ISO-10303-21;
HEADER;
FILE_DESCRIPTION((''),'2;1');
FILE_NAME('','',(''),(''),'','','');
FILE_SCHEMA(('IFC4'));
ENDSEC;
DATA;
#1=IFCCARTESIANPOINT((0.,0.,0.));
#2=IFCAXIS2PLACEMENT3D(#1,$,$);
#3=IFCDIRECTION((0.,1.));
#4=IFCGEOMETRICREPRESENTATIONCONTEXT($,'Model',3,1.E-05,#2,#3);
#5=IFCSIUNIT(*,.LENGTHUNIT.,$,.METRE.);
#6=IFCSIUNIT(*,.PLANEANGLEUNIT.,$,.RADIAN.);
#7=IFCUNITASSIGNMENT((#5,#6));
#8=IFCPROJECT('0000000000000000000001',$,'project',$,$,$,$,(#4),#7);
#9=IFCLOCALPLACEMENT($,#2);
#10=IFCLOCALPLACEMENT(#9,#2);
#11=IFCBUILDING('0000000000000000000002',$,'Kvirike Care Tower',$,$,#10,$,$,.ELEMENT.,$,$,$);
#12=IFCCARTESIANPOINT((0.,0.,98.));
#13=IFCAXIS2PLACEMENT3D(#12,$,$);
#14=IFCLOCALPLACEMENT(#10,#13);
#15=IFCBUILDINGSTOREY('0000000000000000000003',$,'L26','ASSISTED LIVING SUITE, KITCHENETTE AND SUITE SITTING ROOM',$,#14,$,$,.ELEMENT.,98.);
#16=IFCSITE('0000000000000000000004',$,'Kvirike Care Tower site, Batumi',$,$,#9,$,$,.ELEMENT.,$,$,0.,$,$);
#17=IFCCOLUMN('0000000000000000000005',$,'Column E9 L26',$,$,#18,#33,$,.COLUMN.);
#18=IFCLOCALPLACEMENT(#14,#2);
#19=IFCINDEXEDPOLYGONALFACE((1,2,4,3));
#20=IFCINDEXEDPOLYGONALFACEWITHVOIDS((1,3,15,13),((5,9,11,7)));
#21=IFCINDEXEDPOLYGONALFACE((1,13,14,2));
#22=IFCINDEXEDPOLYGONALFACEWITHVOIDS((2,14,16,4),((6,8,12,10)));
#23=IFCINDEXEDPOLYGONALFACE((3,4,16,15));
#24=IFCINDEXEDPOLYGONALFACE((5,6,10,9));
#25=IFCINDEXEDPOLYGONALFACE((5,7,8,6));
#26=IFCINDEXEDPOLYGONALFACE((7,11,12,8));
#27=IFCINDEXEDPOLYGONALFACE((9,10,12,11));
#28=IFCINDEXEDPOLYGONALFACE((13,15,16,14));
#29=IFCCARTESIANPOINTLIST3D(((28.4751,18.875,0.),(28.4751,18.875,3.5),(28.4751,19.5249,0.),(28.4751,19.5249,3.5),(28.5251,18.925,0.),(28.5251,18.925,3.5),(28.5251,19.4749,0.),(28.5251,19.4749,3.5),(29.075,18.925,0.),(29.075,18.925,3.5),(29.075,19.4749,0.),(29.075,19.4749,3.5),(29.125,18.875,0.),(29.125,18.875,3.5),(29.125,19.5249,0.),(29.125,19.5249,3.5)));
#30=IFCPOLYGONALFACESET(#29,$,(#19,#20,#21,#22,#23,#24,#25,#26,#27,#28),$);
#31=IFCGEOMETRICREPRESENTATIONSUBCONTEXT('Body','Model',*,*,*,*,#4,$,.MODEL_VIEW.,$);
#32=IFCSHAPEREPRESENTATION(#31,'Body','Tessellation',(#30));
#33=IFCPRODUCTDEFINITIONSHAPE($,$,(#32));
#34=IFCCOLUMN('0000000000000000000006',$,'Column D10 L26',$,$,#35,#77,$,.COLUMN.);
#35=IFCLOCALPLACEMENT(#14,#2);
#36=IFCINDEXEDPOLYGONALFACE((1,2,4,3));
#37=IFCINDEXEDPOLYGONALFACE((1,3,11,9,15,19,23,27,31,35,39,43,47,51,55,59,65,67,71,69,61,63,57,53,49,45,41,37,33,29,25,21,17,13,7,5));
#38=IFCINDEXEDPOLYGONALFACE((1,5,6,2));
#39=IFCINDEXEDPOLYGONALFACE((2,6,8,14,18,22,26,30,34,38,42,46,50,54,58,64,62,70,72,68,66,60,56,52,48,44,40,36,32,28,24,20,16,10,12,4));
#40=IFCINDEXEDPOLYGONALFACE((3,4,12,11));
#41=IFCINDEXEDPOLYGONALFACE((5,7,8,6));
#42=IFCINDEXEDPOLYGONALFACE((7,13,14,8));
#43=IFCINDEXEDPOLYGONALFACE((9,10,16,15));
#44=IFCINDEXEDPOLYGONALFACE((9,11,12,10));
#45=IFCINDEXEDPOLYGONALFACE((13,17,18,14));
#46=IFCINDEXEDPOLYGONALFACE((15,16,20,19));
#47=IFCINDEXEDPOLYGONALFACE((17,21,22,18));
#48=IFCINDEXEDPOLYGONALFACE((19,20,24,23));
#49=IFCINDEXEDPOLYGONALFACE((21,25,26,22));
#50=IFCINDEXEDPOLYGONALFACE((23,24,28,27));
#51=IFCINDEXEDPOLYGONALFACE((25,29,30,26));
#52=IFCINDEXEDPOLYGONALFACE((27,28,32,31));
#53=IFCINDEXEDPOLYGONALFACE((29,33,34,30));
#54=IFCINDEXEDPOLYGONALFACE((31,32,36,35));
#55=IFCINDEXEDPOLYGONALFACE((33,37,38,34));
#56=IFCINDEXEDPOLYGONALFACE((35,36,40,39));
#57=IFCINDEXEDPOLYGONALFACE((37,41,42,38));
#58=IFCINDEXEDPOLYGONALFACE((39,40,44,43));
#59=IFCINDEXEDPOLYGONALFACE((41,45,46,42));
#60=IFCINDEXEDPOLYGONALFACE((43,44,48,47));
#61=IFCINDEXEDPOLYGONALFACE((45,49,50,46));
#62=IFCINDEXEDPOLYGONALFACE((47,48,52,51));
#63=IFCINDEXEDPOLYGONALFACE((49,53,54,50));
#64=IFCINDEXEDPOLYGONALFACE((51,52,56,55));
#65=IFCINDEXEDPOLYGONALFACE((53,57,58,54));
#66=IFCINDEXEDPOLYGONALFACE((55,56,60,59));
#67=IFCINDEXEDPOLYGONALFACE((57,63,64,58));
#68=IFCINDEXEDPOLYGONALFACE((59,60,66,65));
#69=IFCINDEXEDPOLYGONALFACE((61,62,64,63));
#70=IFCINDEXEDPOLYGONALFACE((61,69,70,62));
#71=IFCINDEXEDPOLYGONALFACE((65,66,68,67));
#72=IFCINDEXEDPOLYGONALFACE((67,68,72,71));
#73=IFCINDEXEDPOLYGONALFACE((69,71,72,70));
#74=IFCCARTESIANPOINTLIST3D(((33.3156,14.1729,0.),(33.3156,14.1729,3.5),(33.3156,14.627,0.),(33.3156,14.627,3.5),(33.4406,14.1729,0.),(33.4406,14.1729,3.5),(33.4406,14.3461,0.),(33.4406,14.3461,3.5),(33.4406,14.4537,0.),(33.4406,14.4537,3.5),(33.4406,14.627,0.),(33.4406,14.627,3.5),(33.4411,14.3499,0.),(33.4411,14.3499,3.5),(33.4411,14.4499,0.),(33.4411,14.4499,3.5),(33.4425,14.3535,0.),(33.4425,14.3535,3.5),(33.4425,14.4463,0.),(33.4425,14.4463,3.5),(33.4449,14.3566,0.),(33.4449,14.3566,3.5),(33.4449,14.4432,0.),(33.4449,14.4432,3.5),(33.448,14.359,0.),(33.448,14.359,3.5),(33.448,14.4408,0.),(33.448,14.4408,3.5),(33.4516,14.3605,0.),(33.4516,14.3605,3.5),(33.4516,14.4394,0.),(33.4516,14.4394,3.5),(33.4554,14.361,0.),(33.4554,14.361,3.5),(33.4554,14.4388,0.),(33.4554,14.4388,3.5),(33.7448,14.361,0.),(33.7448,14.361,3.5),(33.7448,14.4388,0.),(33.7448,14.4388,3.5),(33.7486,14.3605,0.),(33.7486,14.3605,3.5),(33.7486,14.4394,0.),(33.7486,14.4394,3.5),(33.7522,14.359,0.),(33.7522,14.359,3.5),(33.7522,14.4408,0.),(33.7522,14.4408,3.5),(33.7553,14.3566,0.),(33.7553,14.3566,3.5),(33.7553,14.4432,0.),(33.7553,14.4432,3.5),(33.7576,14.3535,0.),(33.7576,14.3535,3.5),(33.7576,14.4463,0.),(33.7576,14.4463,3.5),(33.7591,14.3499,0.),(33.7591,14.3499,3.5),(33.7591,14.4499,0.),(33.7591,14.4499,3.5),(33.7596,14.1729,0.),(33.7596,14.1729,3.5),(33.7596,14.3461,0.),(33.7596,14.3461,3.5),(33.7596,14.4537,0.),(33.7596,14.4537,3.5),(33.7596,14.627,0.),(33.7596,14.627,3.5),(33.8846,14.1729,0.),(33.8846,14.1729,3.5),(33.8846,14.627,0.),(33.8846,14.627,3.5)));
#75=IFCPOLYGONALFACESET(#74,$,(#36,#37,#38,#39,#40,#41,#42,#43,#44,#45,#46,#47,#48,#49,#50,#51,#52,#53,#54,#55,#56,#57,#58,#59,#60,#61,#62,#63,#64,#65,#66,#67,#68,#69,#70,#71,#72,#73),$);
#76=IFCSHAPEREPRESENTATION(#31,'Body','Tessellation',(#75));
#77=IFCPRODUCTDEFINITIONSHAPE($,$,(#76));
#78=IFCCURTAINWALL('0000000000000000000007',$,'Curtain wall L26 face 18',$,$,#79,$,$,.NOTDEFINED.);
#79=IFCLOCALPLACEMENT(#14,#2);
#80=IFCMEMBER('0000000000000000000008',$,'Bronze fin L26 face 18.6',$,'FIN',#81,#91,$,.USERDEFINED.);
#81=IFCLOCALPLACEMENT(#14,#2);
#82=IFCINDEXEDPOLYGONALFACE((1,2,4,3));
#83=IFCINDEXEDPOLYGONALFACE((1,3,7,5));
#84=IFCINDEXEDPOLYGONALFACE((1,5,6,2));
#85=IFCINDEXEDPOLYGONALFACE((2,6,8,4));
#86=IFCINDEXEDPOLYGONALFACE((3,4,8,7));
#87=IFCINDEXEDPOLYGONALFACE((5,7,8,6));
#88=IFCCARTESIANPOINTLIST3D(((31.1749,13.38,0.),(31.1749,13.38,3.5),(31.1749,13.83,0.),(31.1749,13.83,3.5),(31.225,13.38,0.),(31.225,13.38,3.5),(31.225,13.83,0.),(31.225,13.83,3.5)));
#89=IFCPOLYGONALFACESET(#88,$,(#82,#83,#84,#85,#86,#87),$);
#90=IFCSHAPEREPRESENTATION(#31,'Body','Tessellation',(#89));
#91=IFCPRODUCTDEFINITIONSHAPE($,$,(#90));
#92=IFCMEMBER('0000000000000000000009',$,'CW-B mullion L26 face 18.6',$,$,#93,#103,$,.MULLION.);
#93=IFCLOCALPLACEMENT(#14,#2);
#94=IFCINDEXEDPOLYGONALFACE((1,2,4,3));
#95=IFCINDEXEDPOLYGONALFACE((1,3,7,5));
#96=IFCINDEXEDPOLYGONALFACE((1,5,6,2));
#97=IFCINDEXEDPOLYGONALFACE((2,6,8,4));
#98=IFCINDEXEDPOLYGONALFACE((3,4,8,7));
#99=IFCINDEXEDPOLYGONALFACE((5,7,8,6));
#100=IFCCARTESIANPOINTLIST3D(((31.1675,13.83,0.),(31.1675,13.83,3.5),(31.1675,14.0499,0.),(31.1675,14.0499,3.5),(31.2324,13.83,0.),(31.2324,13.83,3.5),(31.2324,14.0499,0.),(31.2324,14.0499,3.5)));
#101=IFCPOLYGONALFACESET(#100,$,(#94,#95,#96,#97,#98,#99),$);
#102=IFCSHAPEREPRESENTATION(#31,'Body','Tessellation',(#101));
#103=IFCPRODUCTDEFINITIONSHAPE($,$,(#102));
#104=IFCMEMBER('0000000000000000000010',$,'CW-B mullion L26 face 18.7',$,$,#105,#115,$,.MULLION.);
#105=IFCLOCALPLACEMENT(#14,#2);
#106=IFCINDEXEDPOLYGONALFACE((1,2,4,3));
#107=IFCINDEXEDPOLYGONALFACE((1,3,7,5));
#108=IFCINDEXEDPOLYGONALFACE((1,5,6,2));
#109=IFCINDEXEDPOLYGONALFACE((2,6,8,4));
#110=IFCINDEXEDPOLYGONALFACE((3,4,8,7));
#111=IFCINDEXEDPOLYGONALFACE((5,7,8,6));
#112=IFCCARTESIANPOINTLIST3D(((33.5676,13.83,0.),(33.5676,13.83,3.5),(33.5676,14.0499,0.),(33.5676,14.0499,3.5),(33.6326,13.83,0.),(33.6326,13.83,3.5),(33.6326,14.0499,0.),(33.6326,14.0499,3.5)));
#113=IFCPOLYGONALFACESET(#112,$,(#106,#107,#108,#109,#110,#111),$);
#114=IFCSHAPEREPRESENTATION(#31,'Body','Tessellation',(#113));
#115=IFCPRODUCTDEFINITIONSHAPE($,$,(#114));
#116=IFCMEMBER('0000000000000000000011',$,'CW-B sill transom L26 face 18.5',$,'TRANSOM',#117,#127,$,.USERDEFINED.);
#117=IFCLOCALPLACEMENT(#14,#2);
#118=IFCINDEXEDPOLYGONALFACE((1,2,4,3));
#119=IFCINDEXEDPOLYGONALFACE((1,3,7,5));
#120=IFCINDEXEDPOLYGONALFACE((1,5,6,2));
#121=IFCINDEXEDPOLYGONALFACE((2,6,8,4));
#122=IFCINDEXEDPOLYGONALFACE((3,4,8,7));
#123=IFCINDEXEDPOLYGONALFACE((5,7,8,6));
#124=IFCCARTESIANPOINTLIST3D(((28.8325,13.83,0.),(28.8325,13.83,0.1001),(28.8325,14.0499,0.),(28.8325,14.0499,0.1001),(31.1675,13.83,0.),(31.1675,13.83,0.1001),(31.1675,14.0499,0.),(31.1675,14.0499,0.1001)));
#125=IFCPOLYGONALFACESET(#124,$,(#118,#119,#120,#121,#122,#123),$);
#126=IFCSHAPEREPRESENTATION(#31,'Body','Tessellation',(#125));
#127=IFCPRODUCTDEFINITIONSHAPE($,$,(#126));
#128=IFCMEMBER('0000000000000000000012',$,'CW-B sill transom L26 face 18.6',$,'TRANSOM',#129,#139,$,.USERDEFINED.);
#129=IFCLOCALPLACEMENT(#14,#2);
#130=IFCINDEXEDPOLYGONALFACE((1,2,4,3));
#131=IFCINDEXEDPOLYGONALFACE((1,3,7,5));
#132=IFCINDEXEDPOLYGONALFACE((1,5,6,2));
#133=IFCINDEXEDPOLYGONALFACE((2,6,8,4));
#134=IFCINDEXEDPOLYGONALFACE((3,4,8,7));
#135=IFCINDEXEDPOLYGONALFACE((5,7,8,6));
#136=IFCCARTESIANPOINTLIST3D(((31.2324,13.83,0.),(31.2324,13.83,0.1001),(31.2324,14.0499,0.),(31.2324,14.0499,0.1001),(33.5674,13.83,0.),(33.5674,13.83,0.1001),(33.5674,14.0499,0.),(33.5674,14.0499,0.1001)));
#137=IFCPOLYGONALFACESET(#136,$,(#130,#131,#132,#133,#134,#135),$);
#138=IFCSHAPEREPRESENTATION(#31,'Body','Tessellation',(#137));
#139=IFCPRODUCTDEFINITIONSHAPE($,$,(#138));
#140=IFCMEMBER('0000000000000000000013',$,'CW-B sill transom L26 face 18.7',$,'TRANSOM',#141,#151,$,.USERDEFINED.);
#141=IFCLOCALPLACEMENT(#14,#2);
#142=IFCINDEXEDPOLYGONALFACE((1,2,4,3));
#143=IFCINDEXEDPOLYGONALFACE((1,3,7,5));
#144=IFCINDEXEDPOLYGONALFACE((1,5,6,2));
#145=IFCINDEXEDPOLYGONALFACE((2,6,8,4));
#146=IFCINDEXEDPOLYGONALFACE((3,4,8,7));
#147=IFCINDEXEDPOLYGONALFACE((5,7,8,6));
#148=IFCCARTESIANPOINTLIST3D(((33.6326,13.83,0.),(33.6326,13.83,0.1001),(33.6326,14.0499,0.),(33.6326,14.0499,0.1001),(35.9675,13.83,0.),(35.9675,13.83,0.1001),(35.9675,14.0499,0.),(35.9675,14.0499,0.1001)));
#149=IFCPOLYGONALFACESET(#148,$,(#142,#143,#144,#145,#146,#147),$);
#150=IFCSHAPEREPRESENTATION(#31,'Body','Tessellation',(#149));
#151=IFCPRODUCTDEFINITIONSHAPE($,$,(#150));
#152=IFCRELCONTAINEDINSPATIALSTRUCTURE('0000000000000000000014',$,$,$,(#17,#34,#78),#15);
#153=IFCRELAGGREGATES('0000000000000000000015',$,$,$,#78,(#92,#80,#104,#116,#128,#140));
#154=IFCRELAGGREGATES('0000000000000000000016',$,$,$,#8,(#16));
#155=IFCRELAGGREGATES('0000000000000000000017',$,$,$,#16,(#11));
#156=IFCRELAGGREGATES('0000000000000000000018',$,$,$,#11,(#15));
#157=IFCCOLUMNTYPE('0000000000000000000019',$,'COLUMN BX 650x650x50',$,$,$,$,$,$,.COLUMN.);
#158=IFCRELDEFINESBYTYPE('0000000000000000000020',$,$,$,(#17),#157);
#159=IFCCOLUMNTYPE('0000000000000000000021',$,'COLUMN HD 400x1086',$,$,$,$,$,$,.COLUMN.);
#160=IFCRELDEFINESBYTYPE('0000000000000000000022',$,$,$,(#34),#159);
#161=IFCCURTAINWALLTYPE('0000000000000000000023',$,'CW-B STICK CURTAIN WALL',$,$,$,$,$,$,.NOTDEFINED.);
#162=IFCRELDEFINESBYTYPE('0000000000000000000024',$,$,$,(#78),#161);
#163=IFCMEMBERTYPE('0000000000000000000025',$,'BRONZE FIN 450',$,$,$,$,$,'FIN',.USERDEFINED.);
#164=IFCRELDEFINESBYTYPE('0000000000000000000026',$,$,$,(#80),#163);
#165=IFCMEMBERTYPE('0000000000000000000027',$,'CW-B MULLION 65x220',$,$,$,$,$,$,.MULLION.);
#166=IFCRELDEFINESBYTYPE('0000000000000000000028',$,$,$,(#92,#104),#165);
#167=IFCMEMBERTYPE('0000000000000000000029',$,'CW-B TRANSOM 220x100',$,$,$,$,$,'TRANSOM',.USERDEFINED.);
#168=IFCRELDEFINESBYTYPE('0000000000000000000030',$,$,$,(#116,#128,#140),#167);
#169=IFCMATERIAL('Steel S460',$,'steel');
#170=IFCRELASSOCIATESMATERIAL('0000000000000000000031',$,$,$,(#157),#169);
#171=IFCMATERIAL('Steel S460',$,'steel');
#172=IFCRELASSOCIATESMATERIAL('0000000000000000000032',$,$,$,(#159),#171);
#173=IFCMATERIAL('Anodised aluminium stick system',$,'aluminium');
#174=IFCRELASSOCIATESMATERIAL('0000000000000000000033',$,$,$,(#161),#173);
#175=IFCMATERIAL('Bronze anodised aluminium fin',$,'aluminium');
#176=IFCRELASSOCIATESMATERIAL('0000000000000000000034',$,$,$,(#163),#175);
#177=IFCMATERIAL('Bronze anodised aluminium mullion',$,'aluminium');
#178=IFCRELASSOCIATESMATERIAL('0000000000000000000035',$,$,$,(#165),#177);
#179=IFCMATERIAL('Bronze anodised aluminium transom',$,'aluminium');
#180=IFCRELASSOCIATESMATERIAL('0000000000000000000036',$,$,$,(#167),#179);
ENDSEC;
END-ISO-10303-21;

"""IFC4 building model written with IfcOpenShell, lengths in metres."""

from ifc_helpers import new_model, si_unit, direction, frame, origin, origin_2d, place, context, subcontext, project, spatial, rectangle, hollow_rectangle, i_section, extrude, material, material_profile, profile_set, type_object, element, aggregate, save


model = new_model("IFC4")

# Units and contexts
model_context = context("Model", 3, precision=1e-05, world=origin(), true_north=direction((0.0, 1.0)))
body_context = subcontext(model_context, "Body", "Model", "MODEL_VIEW")
ifc_project = project(units=[si_unit("LENGTHUNIT", "METRE"), si_unit("PLANEANGLEUNIT", "RADIAN")], contexts=[model_context])

# Site, building, storey
site_placement = place(None, origin())
site = spatial("IfcSite", under=ifc_project, at=site_placement, Name="Kvirike Care Tower site, Batumi", CompositionType="ELEMENT", RefElevation=0.0)
building_placement = place(site_placement, origin())
building = spatial("IfcBuilding", under=site, at=building_placement, Name="Kvirike Care Tower", CompositionType="ELEMENT")
storey_placement = place(building_placement, frame((0.0, 0.0, 98.0)))
storey = spatial("IfcBuildingStorey", under=building, at=storey_placement, Name="L26", Description="ASSISTED LIVING SUITE, KITCHENETTE AND SUITE SITTING ROOM", CompositionType="ELEMENT", Elevation=98.0)

# Columns
ifc_material_1 = material(Name="Steel S460", Category="steel")
ifc_material_profile_1 = material_profile(ifc_material_1, hollow_rectangle(XDim=0.6499, YDim=0.6499, WallThickness=0.05, at=origin_2d()), Name="BX 650x650x50")
ifc_profile_set_1 = profile_set([ifc_material_profile_1], Name="Steel S460")
column_type_1 = type_object("IfcColumnType", Name="COLUMN BX 650x650x50", PredefinedType="COLUMN", material=ifc_profile_set_1)
column_1_placement = place(storey_placement, frame((28.8, 19.2, 0.0), z_axis=(0.0, 0.0, 1.0), x_axis=(1.0, 0.0, 0.0)))
element("IfcColumn", 1, at=column_1_placement, inside=storey, type_object=column_type_1, Name="Column E9 L26", PredefinedType="COLUMN", context=body_context, shape_type="SweptSolid", body=[
    extrude(hollow_rectangle(XDim=0.6499, YDim=0.6499, WallThickness=0.05, at=origin_2d()), origin(), (0.0, 0.0, 1.0), 3.5),
])
ifc_material_2 = material(Name="Steel S460", Category="steel")
ifc_material_profile_2 = material_profile(ifc_material_2, i_section(OverallWidth=0.4541, OverallDepth=0.5691, WebThickness=0.0779, FlangeThickness=0.125, FilletRadius=0.0149, at=origin_2d()), Name="HD 400x1086")
ifc_profile_set_2 = profile_set([ifc_material_profile_2], Name="Steel S460")
column_type_2 = type_object("IfcColumnType", Name="COLUMN HD 400x1086", PredefinedType="COLUMN", material=ifc_profile_set_2)
column_2_placement = place(storey_placement, frame((33.6001, 14.3999, 0.0), z_axis=(0.0, 0.0, 1.0), x_axis=(0.0, 1.0, 0.0)))
element("IfcColumn", 2, at=column_2_placement, inside=storey, type_object=column_type_2, Name="Column D10 L26", PredefinedType="COLUMN", context=body_context, shape_type="SweptSolid", body=[
    extrude(i_section(OverallWidth=0.4541, OverallDepth=0.5691, WebThickness=0.0779, FlangeThickness=0.125, FilletRadius=0.0149, at=origin_2d()), origin(), (0.0, 0.0, 1.0), 3.5),
])

# Curtain wall, members
ifc_material_3 = material(Name="Anodised aluminium stick system", Category="aluminium")
curtain_wall_type = type_object("IfcCurtainWallType", Name="CW-B STICK CURTAIN WALL", PredefinedType="NOTDEFINED", material=ifc_material_3)
curtain_wall_placement = place(storey_placement, origin())
curtain_wall = element("IfcCurtainWall", 3, at=curtain_wall_placement, inside=storey, type_object=curtain_wall_type, Name="Curtain wall L26 face 18", PredefinedType="NOTDEFINED")
ifc_material_4 = material(Name="Bronze anodised aluminium fin", Category="aluminium")
ifc_material_profile_3 = material_profile(ifc_material_4, rectangle(XDim=0.05, YDim=0.45, at=origin_2d()), Name="BRONZE FIN 450")
ifc_profile_set_3 = profile_set([ifc_material_profile_3], Name="Bronze anodised aluminium fin")
member_type_1 = type_object("IfcMemberType", Name="BRONZE FIN 450", ElementType="FIN", PredefinedType="USERDEFINED", material=ifc_profile_set_3)
member_1_placement = place(storey_placement, frame((31.2, 13.605, 0.0), z_axis=(0.0, 0.0, 1.0), x_axis=(1.0, 0.0, 0.0)))
member_1 = element("IfcMember", 4, at=member_1_placement, type_object=member_type_1, Name="Bronze fin L26 face 18.6", ObjectType="FIN", PredefinedType="USERDEFINED", context=body_context, shape_type="SweptSolid", body=[
    extrude(rectangle(XDim=0.05, YDim=0.45, at=origin_2d()), origin(), (0.0, 0.0, 1.0), 3.5),
])
ifc_material_5 = material(Name="Bronze anodised aluminium mullion", Category="aluminium")
ifc_material_profile_4 = material_profile(ifc_material_5, rectangle(XDim=0.0649, YDim=0.22, at=origin_2d()), Name="CW-B MULLION 65x220")
ifc_profile_set_4 = profile_set([ifc_material_profile_4], Name="Bronze anodised aluminium mullion")
member_type_2 = type_object("IfcMemberType", Name="CW-B MULLION 65x220", PredefinedType="MULLION", material=ifc_profile_set_4)
member_2_placement = place(storey_placement, frame((31.2, 13.9399, 0.0), z_axis=(0.0, 0.0, 1.0), x_axis=(1.0, 0.0, 0.0)))
member_2 = element("IfcMember", 5, at=member_2_placement, type_object=member_type_2, Name="CW-B mullion L26 face 18.6", PredefinedType="MULLION", context=body_context, shape_type="SweptSolid", body=[
    extrude(rectangle(XDim=0.0649, YDim=0.22, at=origin_2d()), origin(), (0.0, 0.0, 1.0), 3.5),
])
member_3_placement = place(storey_placement, frame((33.6001, 13.9399, 0.0), z_axis=(0.0, 0.0, 1.0), x_axis=(1.0, 0.0, 0.0)))
member_3 = element("IfcMember", 6, at=member_3_placement, type_object=member_type_2, Name="CW-B mullion L26 face 18.7", PredefinedType="MULLION", context=body_context, shape_type="SweptSolid", body=[
    extrude(rectangle(XDim=0.0649, YDim=0.22, at=origin_2d()), origin(), (0.0, 0.0, 1.0), 3.5),
])
ifc_material_6 = material(Name="Bronze anodised aluminium transom", Category="aluminium")
ifc_material_profile_5 = material_profile(ifc_material_6, rectangle(XDim=0.22, YDim=0.1001, at=origin_2d()), Name="CW-B TRANSOM 220x100")
ifc_profile_set_5 = profile_set([ifc_material_profile_5], Name="Bronze anodised aluminium transom")
member_type_3 = type_object("IfcMemberType", Name="CW-B TRANSOM 220x100", ElementType="TRANSOM", PredefinedType="USERDEFINED", material=ifc_profile_set_5)
member_4_placement = place(storey_placement, frame((28.8325, 13.9399, 0.05), z_axis=(1.0, 0.0, 0.0), x_axis=(0.0, 1.0, 0.0)))
member_4 = element("IfcMember", 7, at=member_4_placement, type_object=member_type_3, Name="CW-B sill transom L26 face 18.5", ObjectType="TRANSOM", PredefinedType="USERDEFINED", context=body_context, shape_type="SweptSolid", body=[
    extrude(rectangle(XDim=0.22, YDim=0.1001, at=origin_2d()), origin(), (0.0, 0.0, 1.0), 2.335),
])
member_5_placement = place(storey_placement, frame((31.2324, 13.9399, 0.05), z_axis=(1.0, 0.0, 0.0), x_axis=(0.0, 1.0, 0.0)))
member_5 = element("IfcMember", 8, at=member_5_placement, type_object=member_type_3, Name="CW-B sill transom L26 face 18.6", ObjectType="TRANSOM", PredefinedType="USERDEFINED", context=body_context, shape_type="SweptSolid", body=[
    extrude(rectangle(XDim=0.22, YDim=0.1001, at=origin_2d()), origin(), (0.0, 0.0, 1.0), 2.335),
])
member_6_placement = place(storey_placement, frame((33.6326, 13.9399, 0.05), z_axis=(1.0, 0.0, 0.0), x_axis=(0.0, 1.0, 0.0)))
member_6 = element("IfcMember", 9, at=member_6_placement, type_object=member_type_3, Name="CW-B sill transom L26 face 18.7", ObjectType="TRANSOM", PredefinedType="USERDEFINED", context=body_context, shape_type="SweptSolid", body=[
    extrude(rectangle(XDim=0.22, YDim=0.1001, at=origin_2d()), origin(), (0.0, 0.0, 1.0), 2.335),
])

aggregate(curtain_wall, [member_2, member_1, member_3, member_4, member_5, member_6])

save(model, "model.ifc")
